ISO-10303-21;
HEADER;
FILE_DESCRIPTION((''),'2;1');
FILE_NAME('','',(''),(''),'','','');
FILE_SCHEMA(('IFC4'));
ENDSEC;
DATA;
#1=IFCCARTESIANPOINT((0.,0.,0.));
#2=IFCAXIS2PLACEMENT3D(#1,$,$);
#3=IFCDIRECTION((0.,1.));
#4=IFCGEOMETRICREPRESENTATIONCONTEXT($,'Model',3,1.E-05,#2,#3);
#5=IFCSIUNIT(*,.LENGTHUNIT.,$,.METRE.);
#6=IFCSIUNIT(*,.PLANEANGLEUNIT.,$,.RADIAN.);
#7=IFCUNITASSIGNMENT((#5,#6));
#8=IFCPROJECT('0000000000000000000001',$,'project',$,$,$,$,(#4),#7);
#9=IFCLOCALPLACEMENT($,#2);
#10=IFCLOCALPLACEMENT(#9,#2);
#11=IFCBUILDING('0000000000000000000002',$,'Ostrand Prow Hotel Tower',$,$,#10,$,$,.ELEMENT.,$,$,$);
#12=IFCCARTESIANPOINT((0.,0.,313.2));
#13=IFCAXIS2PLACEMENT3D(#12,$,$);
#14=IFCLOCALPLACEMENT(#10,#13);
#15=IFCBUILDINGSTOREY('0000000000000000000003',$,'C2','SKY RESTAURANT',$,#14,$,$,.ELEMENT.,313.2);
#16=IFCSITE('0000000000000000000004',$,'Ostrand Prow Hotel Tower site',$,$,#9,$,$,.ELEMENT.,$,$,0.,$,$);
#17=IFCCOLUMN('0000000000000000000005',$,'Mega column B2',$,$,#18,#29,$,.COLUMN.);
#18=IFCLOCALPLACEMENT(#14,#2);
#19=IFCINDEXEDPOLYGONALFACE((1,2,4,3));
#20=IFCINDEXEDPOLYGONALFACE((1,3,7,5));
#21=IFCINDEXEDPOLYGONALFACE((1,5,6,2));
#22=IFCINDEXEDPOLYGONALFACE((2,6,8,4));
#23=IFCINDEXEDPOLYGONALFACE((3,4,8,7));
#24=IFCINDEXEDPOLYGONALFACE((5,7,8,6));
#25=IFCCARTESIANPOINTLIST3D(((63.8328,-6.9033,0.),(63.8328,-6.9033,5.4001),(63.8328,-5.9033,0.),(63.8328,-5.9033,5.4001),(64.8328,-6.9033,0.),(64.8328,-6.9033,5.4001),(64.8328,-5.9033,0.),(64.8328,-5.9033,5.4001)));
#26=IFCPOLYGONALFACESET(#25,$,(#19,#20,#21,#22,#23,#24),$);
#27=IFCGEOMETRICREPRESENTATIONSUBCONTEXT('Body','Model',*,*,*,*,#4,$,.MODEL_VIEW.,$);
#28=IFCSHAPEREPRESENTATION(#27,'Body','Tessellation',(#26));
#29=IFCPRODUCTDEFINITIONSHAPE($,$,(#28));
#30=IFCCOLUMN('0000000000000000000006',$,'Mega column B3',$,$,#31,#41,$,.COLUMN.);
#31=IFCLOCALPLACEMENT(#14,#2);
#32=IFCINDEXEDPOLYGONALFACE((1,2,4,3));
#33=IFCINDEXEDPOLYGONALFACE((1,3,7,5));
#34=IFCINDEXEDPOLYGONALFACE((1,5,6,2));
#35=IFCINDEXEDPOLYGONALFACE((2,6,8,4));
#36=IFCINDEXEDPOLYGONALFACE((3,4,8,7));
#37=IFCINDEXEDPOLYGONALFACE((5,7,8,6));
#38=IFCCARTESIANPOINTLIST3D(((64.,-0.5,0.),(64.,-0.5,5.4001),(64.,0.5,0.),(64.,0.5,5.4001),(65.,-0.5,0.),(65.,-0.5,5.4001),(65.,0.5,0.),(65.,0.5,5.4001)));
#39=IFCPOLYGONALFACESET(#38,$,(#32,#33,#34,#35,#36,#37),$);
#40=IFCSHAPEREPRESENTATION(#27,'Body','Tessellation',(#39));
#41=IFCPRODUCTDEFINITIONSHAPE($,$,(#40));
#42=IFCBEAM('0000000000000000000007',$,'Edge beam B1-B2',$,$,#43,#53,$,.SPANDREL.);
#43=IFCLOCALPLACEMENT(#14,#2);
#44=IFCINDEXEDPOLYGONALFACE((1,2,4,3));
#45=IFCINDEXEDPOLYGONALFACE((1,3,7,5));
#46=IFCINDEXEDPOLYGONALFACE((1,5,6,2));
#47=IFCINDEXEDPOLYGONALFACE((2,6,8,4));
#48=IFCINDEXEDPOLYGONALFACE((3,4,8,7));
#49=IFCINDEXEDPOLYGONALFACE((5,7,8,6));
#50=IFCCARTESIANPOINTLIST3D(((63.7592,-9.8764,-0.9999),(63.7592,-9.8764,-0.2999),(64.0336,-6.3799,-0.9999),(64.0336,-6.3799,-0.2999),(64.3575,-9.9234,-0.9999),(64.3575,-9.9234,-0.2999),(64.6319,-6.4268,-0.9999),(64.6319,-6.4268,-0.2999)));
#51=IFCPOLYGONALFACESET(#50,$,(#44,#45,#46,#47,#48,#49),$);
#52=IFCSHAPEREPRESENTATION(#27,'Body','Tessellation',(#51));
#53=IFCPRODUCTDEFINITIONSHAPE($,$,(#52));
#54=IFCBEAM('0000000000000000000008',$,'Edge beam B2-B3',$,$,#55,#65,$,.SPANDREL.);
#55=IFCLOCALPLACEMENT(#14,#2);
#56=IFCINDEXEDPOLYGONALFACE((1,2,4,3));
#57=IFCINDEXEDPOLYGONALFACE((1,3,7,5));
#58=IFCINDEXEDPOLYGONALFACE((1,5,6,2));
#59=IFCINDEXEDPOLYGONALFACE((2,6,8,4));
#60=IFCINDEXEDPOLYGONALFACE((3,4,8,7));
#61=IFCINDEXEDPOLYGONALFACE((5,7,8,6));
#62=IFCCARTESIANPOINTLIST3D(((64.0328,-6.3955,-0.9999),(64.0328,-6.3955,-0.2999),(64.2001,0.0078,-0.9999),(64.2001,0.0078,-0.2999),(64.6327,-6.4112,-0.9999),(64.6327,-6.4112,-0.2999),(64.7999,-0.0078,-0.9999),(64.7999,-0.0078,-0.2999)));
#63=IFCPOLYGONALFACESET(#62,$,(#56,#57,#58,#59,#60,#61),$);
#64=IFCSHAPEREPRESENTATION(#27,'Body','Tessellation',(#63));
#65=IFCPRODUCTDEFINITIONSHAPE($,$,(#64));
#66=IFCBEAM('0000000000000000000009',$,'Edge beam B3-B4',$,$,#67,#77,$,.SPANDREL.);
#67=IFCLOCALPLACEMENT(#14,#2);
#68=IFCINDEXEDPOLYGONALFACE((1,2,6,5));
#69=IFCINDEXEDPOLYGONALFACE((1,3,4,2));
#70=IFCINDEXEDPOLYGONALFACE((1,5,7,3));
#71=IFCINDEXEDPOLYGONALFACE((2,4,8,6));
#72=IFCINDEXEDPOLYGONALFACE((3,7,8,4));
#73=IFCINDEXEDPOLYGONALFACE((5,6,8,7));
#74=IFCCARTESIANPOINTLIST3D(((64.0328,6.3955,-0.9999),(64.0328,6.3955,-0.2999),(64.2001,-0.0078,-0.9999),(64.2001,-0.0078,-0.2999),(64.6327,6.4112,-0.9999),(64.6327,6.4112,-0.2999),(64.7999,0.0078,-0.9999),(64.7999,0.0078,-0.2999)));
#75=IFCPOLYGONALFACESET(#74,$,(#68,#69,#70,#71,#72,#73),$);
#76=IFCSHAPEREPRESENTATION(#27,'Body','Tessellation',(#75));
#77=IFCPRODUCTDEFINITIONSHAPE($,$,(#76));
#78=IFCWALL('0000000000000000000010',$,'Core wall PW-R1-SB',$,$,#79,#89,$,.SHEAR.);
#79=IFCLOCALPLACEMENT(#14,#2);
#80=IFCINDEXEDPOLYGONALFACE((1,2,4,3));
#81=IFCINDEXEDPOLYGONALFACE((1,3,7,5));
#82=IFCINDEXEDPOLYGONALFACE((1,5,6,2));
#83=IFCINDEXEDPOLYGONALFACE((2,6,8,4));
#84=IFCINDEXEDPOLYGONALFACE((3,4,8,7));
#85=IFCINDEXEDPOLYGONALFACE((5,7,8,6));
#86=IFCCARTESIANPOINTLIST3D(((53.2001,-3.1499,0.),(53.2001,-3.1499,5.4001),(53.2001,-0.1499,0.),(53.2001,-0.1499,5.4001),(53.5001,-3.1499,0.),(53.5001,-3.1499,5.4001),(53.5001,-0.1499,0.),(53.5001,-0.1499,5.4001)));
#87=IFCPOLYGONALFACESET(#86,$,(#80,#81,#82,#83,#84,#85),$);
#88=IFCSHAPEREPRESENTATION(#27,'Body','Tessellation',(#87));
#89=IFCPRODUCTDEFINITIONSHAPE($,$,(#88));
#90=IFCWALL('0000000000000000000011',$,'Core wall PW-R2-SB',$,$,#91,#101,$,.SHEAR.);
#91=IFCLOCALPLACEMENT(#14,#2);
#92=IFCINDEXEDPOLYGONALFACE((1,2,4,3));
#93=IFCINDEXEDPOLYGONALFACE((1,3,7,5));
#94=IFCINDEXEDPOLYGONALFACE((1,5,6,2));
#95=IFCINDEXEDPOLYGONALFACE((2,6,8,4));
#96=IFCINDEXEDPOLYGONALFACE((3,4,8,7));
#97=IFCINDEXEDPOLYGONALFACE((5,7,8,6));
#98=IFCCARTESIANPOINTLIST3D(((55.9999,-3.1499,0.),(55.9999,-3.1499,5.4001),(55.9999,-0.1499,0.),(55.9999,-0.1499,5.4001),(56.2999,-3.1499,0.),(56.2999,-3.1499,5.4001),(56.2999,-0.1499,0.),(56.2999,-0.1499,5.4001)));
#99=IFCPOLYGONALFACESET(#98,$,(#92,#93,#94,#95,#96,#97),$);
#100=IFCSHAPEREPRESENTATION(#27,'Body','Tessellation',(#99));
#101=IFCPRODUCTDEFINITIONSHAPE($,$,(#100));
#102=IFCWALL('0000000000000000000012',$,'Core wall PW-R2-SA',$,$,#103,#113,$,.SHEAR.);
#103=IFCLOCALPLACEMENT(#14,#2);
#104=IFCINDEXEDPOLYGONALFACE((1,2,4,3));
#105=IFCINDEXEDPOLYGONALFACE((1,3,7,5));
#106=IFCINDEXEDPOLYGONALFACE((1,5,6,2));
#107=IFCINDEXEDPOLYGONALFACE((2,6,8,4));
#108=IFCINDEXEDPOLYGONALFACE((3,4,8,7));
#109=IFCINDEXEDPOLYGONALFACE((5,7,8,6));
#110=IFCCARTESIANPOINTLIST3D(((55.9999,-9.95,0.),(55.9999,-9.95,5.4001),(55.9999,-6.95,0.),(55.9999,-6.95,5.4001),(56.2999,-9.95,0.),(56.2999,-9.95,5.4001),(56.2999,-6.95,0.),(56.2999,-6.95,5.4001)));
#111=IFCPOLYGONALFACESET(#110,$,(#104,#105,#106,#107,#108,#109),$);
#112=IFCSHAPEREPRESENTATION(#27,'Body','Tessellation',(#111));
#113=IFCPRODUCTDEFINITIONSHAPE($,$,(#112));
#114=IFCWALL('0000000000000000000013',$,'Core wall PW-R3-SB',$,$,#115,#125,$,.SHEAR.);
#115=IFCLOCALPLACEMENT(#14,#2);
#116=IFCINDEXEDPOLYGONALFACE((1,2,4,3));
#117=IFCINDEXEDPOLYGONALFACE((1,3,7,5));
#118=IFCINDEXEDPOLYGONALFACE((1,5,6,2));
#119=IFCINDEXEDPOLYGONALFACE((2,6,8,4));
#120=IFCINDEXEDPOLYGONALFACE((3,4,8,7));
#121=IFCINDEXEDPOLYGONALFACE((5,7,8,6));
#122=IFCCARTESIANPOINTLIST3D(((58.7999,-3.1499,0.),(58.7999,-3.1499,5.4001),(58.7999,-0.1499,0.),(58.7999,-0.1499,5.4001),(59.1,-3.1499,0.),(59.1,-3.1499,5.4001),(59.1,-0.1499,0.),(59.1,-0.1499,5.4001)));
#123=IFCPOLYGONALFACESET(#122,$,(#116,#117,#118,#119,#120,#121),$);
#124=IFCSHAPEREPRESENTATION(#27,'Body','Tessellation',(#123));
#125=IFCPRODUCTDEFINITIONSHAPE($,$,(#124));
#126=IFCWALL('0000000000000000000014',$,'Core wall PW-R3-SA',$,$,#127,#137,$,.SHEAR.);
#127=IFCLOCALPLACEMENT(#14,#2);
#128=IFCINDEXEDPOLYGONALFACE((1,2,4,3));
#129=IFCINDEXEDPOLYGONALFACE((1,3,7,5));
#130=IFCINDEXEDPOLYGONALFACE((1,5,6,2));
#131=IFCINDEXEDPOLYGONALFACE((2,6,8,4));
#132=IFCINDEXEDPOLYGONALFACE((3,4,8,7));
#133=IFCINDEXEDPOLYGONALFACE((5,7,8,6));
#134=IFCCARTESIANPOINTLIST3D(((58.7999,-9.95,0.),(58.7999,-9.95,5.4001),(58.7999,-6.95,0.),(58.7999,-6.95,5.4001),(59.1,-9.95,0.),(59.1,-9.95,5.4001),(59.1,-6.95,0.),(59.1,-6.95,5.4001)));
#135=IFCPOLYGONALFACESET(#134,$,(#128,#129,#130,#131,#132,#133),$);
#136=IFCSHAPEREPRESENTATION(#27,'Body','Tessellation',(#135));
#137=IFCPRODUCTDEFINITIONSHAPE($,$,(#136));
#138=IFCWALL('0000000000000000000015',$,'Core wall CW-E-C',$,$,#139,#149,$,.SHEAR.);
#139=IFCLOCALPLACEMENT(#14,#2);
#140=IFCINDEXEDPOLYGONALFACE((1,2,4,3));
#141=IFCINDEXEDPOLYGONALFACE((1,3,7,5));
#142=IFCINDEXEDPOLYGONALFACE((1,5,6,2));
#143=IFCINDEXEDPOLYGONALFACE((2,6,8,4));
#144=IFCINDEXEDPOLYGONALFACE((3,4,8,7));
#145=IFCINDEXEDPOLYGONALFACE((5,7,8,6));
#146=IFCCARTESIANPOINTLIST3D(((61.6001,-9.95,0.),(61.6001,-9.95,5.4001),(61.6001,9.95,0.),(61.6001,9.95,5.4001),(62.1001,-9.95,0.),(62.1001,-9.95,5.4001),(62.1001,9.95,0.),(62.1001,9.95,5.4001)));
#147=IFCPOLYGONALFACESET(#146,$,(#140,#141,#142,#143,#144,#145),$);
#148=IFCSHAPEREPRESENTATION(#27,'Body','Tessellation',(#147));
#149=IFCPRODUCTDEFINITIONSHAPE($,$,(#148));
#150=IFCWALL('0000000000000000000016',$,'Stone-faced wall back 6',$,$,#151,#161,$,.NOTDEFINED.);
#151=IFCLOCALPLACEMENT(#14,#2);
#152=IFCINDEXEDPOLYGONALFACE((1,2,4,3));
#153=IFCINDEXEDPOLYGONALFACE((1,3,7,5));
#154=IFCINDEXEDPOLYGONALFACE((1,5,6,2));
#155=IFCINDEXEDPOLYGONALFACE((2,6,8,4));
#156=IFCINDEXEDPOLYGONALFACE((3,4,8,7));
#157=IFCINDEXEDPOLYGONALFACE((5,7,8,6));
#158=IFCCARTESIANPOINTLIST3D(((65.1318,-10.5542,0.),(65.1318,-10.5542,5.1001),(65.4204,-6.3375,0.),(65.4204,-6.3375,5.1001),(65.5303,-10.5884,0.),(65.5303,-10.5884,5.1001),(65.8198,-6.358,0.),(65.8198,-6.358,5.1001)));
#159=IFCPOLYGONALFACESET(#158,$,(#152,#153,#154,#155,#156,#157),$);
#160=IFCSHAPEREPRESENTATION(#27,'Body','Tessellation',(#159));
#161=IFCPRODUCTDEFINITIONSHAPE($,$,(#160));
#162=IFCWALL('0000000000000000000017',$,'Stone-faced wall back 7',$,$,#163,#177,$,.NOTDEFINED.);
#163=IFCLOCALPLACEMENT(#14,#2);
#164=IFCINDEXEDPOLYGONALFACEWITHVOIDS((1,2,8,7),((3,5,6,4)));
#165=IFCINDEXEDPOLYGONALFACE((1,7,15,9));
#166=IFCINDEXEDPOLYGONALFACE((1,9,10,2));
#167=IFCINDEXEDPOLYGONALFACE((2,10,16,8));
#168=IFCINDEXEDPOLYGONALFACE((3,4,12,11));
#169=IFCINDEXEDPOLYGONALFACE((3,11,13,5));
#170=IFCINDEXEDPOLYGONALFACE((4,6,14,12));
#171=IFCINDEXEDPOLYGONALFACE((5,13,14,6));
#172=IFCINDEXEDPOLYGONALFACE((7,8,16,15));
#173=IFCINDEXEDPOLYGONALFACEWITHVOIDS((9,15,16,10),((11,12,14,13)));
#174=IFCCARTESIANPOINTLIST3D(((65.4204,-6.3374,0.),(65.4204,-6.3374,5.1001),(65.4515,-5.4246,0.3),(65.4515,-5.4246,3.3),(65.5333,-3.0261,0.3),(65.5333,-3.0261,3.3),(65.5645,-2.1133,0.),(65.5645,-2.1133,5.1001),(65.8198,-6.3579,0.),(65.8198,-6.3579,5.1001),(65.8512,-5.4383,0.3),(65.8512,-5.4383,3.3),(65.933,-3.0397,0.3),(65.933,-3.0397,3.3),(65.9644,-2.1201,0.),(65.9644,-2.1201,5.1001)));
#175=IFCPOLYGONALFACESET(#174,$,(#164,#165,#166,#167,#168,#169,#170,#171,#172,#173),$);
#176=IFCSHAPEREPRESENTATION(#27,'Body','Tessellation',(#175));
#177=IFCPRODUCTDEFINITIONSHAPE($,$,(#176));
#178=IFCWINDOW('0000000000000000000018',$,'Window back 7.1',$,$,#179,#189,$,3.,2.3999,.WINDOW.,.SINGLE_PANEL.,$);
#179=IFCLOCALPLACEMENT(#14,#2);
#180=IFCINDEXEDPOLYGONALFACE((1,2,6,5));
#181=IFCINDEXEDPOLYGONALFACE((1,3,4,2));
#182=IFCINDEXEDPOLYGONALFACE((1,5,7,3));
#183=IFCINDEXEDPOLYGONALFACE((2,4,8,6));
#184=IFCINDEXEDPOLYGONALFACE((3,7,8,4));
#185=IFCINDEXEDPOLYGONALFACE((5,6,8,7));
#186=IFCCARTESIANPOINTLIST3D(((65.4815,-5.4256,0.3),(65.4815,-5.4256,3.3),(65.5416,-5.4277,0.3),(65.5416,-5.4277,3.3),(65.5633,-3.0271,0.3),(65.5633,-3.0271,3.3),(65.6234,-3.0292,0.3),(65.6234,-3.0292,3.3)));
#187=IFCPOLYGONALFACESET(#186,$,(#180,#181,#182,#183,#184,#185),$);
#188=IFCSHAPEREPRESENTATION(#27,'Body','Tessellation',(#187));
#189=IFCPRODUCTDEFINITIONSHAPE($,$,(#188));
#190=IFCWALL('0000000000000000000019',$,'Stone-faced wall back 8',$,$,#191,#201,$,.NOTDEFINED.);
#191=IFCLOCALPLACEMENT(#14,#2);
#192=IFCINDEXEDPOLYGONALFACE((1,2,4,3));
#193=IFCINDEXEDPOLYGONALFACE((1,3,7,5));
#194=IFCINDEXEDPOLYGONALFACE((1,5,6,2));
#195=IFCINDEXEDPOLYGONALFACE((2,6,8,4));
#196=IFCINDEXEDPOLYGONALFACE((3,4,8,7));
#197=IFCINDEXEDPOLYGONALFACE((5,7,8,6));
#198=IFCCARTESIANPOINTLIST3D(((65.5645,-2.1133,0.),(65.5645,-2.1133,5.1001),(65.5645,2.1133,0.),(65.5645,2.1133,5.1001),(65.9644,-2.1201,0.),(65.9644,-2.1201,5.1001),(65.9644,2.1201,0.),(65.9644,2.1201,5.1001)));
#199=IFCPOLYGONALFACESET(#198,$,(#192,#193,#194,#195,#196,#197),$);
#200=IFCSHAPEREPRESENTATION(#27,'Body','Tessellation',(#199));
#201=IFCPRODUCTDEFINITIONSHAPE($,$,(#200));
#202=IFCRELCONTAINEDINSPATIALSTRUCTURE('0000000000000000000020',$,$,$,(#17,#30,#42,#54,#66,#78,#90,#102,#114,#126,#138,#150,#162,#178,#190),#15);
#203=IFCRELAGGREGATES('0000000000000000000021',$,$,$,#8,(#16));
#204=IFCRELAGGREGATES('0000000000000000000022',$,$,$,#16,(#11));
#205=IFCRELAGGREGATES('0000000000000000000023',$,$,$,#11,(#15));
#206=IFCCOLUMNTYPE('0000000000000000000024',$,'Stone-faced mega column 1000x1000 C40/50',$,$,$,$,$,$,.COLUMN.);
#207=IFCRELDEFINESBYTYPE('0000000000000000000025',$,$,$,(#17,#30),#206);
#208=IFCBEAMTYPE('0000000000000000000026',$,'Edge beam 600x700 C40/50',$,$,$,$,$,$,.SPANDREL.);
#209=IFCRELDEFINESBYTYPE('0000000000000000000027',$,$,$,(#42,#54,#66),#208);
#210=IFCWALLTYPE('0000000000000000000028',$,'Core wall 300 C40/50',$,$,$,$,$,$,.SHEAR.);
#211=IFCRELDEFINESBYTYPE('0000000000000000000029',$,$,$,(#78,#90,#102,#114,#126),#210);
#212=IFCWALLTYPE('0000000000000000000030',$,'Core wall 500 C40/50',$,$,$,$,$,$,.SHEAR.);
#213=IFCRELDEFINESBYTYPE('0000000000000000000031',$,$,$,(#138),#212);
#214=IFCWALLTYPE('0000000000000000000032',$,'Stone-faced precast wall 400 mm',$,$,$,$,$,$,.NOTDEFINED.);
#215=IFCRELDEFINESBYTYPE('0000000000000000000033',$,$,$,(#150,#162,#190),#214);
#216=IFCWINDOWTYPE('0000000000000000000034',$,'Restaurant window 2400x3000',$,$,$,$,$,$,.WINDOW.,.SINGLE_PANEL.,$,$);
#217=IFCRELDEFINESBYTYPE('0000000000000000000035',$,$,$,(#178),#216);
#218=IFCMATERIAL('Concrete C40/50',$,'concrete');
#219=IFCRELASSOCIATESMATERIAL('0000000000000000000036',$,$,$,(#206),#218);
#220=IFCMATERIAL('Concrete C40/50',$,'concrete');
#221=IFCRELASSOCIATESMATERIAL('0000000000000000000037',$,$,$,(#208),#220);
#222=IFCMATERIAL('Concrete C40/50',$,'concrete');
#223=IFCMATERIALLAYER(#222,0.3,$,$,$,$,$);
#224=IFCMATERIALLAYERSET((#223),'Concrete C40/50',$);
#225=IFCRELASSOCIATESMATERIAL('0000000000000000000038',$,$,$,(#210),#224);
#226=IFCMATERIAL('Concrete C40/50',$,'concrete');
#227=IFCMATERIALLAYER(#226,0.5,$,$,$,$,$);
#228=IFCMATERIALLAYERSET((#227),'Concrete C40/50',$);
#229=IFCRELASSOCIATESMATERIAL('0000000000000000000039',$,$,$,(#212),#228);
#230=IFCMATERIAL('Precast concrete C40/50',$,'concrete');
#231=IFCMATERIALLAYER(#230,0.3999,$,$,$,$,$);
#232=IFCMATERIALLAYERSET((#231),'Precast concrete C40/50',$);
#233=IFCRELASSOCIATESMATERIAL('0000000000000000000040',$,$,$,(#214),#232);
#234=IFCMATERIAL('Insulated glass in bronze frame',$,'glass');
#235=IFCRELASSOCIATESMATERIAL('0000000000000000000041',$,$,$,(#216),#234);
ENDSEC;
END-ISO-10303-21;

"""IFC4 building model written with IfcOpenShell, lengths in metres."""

from ifc_helpers import new_model, si_unit, direction, frame, frame_2d, origin, origin_2d, place, context, subcontext, project, spatial, polyline, rectangle, outline, extrude, material, layer, layer_set, material_profile, profile_set, type_object, element, fill, save


model = new_model("IFC4")

# Units and contexts
model_context = context("Model", 3, precision=1e-05, world=origin(), true_north=direction((0.0, 1.0)))
body_context = subcontext(model_context, "Body", "Model", "MODEL_VIEW")
ifc_project = project(units=[si_unit("LENGTHUNIT", "METRE"), si_unit("PLANEANGLEUNIT", "RADIAN")], contexts=[model_context])

# Site, building, storey
site_placement = place(None, origin())
site = spatial("IfcSite", under=ifc_project, at=site_placement, Name="Ostrand Prow Hotel Tower site", CompositionType="ELEMENT", RefElevation=0.0)
building_placement = place(site_placement, origin())
building = spatial("IfcBuilding", under=site, at=building_placement, Name="Ostrand Prow Hotel Tower", CompositionType="ELEMENT")
storey_placement = place(building_placement, frame((0.0, 0.0, 313.2)))
storey = spatial("IfcBuildingStorey", under=building, at=storey_placement, Name="C2", Description="SKY RESTAURANT", CompositionType="ELEMENT", Elevation=313.2)

# Columns
ifc_material_1 = material(Name="Concrete C40/50", Category="concrete")
ifc_material_profile_1 = material_profile(ifc_material_1, rectangle(XDim=1.0, YDim=1.0, at=origin_2d()), Name="RC 1000x1000")
ifc_profile_set_1 = profile_set([ifc_material_profile_1], Name="Concrete C40/50")
column_type = type_object("IfcColumnType", Name="Stone-faced mega column 1000x1000 C40/50", PredefinedType="COLUMN", material=ifc_profile_set_1)
for number, where, z_axis, x_axis, name in (
    (1, (64.3328, -6.4033, 0.0), (0.0, 0.0, 1.0), (1.0, 0.0, 0.0), "Mega column B2"),
    (2, (64.5, 0.0, 0.0), (0.0, 0.0, 1.0), (1.0, 0.0, 0.0), "Mega column B3"),
):
    element("IfcColumn", number, at=place(storey_placement, frame(where, z_axis=z_axis, x_axis=x_axis)), inside=storey, type_object=column_type, Name=name, PredefinedType="COLUMN", context=body_context, shape_type="SweptSolid", body=[
        extrude(rectangle(XDim=1.0, YDim=1.0, at=origin_2d()), origin(), (0.0, 0.0, 1.0), 5.4001),
    ])

# Beams
ifc_material_2 = material(Name="Concrete C40/50", Category="concrete")
ifc_material_profile_2 = material_profile(ifc_material_2, rectangle(XDim=0.6001, YDim=0.7, at=origin_2d()), Name="RC 600x700")
ifc_profile_set_2 = profile_set([ifc_material_profile_2], Name="Concrete C40/50")
beam_type = type_object("IfcBeamType", Name="Edge beam 600x700 C40/50", PredefinedType="SPANDREL", material=ifc_profile_set_2)
beam_placement = place(storey_placement, frame((64.0583, -9.8999, -0.6499), z_axis=(0.07824, 0.996935, 0.0), x_axis=(-0.996935, 0.07824, 0.0)))
element("IfcBeam", 3, at=beam_placement, inside=storey, type_object=beam_type, Name="Edge beam B1-B2", PredefinedType="SPANDREL", context=body_context, shape_type="SweptSolid", body=[
    extrude(rectangle(XDim=0.6001, YDim=0.7, at=origin_2d()), origin(), (0.0, 0.0, 1.0), 3.5073),
])
for number, where, z_axis, x_axis, name in (
    (4, (64.3328, -6.4033, -0.6499), (0.026108, 0.999659, 0.0), (-0.999659, 0.026108, 0.0), "Edge beam B2-B3"),
    (5, (64.5, 0.0, -0.6499), (-0.026108, 0.999659, 0.0), (-0.999659, -0.026108, 0.0), "Edge beam B3-B4"),
):
    element("IfcBeam", number, at=place(storey_placement, frame(where, z_axis=z_axis, x_axis=x_axis)), inside=storey, type_object=beam_type, Name=name, PredefinedType="SPANDREL", context=body_context, shape_type="SweptSolid", body=[
        extrude(rectangle(XDim=0.6001, YDim=0.7, at=origin_2d()), origin(), (0.0, 0.0, 1.0), 6.4055),
    ])

# Walls
ifc_material_3 = material(Name="Concrete C40/50", Category="concrete")
ifc_layer_1 = layer(ifc_material_3, 0.3)
ifc_layer_set_1 = layer_set([ifc_layer_1], Name="Concrete C40/50")
wall_type_1 = type_object("IfcWallType", Name="Core wall 300 C40/50", PredefinedType="SHEAR", material=ifc_layer_set_1)
for number, where, z_axis, x_axis, name in (
    (6, (53.3501, -3.1499, 0.0), (0.0, 0.0, 1.0), (0.0, 1.0, 0.0), "Core wall PW-R1-SB"),
    (7, (56.1499, -3.1499, 0.0), (0.0, 0.0, 1.0), (0.0, 1.0, 0.0), "Core wall PW-R2-SB"),
    (8, (56.1499, -9.95, 0.0), (0.0, 0.0, 1.0), (0.0, 1.0, 0.0), "Core wall PW-R2-SA"),
    (9, (58.95, -3.1499, 0.0), (0.0, 0.0, 1.0), (0.0, 1.0, 0.0), "Core wall PW-R3-SB"),
    (10, (58.95, -9.95, 0.0), (0.0, 0.0, 1.0), (0.0, 1.0, 0.0), "Core wall PW-R3-SA"),
):
    element("IfcWall", number, at=place(storey_placement, frame(where, z_axis=z_axis, x_axis=x_axis)), inside=storey, type_object=wall_type_1, Name=name, PredefinedType="SHEAR", context=body_context, shape_type="SweptSolid", body=[
        extrude(rectangle(XDim=3.0, YDim=0.3, at=frame_2d((1.5, 0.0))), origin(), (0.0, 0.0, 1.0), 5.4001),
    ])
ifc_material_4 = material(Name="Concrete C40/50", Category="concrete")
ifc_layer_2 = layer(ifc_material_4, 0.5)
ifc_layer_set_2 = layer_set([ifc_layer_2], Name="Concrete C40/50")
wall_type_2 = type_object("IfcWallType", Name="Core wall 500 C40/50", PredefinedType="SHEAR", material=ifc_layer_set_2)
wall_1_placement = place(storey_placement, frame((61.8501, -9.95, 0.0), z_axis=(0.0, 0.0, 1.0), x_axis=(0.0, 1.0, 0.0)))
element("IfcWall", 11, at=wall_1_placement, inside=storey, type_object=wall_type_2, Name="Core wall CW-E-C", PredefinedType="SHEAR", context=body_context, shape_type="SweptSolid", body=[
    extrude(rectangle(XDim=19.8999, YDim=0.5, at=frame_2d((9.95, 0.0))), origin(), (0.0, 0.0, 1.0), 5.4001),
])
ifc_material_5 = material(Name="Precast concrete C40/50", Category="concrete")
ifc_layer_3 = layer(ifc_material_5, 0.3999)
ifc_layer_set_3 = layer_set([ifc_layer_3], Name="Precast concrete C40/50")
wall_type_3 = type_object("IfcWallType", Name="Stone-faced precast wall 400 mm", PredefinedType="NOTDEFINED", material=ifc_layer_set_3)
wall_2_placement = place(storey_placement, frame((65.3311, -10.5713, 0.0), z_axis=(0.0, 0.0, 1.0), x_axis=(0.06828, 0.997666, 0.0)))
element("IfcWall", 12, at=wall_2_placement, inside=storey, type_object=wall_type_3, Name="Stone-faced wall back 6", PredefinedType="NOTDEFINED", context=body_context, shape_type="SweptSolid", body=[
    extrude(outline(polyline([(-0.0034, -0.2), (4.2368, -0.2), (4.23, 0.2), (0.0034, 0.2), (-0.0034, -0.2)])), origin(), (0.0, 0.0, 1.0), 5.1001),
])

# Wall, opening, window
wall_3_placement = place(storey_placement, frame((65.6201, -6.3477, 0.0), z_axis=(0.0, 0.0, 1.0), x_axis=(0.034083, 0.999419, 0.0)))
wall_3 = element("IfcWall", 13, at=wall_3_placement, inside=storey, type_object=wall_type_3, Name="Stone-faced wall back 7", PredefinedType="NOTDEFINED", context=body_context, shape_type="SweptSolid", body=[
    extrude(outline(polyline([(-0.0034, -0.2), (4.2368, -0.2), (4.23, 0.2), (0.0034, 0.2), (-0.0034, -0.2)])), origin(), (0.0, 0.0, 1.0), 5.1001),
])
opening_placement = place(wall_3_placement, frame((0.9167, 0.0, 0.3)))
opening = element("IfcOpeningElement", 14, at=opening_placement, cuts=wall_3, PredefinedType="OPENING", context=body_context, shape_type="SweptSolid", body=[
    extrude(rectangle(XDim=2.3999, YDim=3.0, at=frame_2d((1.2, 1.5))), frame((0.0, 0.21, 0.0), z_axis=(0.0, -1.0, 0.0), x_axis=(1.0, 0.0, 0.0)), (0.0, 0.0, 1.0), 0.4199),
])
ifc_material_6 = material(Name="Insulated glass in bronze frame", Category="glass")
window_type = type_object("IfcWindowType", Name="Restaurant window 2400x3000", PartitioningType="SINGLE_PANEL", PredefinedType="WINDOW", material=ifc_material_6)
window_placement = place(opening_placement, origin())
window = element("IfcWindow", 15, at=window_placement, inside=storey, type_object=window_type, Name="Window back 7.1", OverallHeight=3.0, OverallWidth=2.3999, PartitioningType="SINGLE_PANEL", PredefinedType="WINDOW", context=body_context, shape_type="SweptSolid", body=[
    extrude(rectangle(XDim=2.3999, YDim=3.0, at=frame_2d((1.2, 1.5))), frame((0.0, 0.1699, 0.0), z_axis=(0.0, -1.0, 0.0), x_axis=(1.0, 0.0, 0.0)), (0.0, 0.0, 1.0), 0.0601),
])
fill(opening, window)

# Wall
wall_4_placement = place(storey_placement, frame((65.7644, -2.1167, 0.0), z_axis=(0.0, 0.0, 1.0), x_axis=(0.0, 1.0, 0.0)))
element("IfcWall", 16, at=wall_4_placement, inside=storey, type_object=wall_type_3, Name="Stone-faced wall back 8", PredefinedType="NOTDEFINED", context=body_context, shape_type="SweptSolid", body=[
    extrude(outline(polyline([(-0.0034, -0.2), (4.2368, -0.2), (4.23, 0.2), (0.0034, 0.2), (-0.0034, -0.2)])), origin(), (0.0, 0.0, 1.0), 5.1001),
])

save(model, "model.ifc")
